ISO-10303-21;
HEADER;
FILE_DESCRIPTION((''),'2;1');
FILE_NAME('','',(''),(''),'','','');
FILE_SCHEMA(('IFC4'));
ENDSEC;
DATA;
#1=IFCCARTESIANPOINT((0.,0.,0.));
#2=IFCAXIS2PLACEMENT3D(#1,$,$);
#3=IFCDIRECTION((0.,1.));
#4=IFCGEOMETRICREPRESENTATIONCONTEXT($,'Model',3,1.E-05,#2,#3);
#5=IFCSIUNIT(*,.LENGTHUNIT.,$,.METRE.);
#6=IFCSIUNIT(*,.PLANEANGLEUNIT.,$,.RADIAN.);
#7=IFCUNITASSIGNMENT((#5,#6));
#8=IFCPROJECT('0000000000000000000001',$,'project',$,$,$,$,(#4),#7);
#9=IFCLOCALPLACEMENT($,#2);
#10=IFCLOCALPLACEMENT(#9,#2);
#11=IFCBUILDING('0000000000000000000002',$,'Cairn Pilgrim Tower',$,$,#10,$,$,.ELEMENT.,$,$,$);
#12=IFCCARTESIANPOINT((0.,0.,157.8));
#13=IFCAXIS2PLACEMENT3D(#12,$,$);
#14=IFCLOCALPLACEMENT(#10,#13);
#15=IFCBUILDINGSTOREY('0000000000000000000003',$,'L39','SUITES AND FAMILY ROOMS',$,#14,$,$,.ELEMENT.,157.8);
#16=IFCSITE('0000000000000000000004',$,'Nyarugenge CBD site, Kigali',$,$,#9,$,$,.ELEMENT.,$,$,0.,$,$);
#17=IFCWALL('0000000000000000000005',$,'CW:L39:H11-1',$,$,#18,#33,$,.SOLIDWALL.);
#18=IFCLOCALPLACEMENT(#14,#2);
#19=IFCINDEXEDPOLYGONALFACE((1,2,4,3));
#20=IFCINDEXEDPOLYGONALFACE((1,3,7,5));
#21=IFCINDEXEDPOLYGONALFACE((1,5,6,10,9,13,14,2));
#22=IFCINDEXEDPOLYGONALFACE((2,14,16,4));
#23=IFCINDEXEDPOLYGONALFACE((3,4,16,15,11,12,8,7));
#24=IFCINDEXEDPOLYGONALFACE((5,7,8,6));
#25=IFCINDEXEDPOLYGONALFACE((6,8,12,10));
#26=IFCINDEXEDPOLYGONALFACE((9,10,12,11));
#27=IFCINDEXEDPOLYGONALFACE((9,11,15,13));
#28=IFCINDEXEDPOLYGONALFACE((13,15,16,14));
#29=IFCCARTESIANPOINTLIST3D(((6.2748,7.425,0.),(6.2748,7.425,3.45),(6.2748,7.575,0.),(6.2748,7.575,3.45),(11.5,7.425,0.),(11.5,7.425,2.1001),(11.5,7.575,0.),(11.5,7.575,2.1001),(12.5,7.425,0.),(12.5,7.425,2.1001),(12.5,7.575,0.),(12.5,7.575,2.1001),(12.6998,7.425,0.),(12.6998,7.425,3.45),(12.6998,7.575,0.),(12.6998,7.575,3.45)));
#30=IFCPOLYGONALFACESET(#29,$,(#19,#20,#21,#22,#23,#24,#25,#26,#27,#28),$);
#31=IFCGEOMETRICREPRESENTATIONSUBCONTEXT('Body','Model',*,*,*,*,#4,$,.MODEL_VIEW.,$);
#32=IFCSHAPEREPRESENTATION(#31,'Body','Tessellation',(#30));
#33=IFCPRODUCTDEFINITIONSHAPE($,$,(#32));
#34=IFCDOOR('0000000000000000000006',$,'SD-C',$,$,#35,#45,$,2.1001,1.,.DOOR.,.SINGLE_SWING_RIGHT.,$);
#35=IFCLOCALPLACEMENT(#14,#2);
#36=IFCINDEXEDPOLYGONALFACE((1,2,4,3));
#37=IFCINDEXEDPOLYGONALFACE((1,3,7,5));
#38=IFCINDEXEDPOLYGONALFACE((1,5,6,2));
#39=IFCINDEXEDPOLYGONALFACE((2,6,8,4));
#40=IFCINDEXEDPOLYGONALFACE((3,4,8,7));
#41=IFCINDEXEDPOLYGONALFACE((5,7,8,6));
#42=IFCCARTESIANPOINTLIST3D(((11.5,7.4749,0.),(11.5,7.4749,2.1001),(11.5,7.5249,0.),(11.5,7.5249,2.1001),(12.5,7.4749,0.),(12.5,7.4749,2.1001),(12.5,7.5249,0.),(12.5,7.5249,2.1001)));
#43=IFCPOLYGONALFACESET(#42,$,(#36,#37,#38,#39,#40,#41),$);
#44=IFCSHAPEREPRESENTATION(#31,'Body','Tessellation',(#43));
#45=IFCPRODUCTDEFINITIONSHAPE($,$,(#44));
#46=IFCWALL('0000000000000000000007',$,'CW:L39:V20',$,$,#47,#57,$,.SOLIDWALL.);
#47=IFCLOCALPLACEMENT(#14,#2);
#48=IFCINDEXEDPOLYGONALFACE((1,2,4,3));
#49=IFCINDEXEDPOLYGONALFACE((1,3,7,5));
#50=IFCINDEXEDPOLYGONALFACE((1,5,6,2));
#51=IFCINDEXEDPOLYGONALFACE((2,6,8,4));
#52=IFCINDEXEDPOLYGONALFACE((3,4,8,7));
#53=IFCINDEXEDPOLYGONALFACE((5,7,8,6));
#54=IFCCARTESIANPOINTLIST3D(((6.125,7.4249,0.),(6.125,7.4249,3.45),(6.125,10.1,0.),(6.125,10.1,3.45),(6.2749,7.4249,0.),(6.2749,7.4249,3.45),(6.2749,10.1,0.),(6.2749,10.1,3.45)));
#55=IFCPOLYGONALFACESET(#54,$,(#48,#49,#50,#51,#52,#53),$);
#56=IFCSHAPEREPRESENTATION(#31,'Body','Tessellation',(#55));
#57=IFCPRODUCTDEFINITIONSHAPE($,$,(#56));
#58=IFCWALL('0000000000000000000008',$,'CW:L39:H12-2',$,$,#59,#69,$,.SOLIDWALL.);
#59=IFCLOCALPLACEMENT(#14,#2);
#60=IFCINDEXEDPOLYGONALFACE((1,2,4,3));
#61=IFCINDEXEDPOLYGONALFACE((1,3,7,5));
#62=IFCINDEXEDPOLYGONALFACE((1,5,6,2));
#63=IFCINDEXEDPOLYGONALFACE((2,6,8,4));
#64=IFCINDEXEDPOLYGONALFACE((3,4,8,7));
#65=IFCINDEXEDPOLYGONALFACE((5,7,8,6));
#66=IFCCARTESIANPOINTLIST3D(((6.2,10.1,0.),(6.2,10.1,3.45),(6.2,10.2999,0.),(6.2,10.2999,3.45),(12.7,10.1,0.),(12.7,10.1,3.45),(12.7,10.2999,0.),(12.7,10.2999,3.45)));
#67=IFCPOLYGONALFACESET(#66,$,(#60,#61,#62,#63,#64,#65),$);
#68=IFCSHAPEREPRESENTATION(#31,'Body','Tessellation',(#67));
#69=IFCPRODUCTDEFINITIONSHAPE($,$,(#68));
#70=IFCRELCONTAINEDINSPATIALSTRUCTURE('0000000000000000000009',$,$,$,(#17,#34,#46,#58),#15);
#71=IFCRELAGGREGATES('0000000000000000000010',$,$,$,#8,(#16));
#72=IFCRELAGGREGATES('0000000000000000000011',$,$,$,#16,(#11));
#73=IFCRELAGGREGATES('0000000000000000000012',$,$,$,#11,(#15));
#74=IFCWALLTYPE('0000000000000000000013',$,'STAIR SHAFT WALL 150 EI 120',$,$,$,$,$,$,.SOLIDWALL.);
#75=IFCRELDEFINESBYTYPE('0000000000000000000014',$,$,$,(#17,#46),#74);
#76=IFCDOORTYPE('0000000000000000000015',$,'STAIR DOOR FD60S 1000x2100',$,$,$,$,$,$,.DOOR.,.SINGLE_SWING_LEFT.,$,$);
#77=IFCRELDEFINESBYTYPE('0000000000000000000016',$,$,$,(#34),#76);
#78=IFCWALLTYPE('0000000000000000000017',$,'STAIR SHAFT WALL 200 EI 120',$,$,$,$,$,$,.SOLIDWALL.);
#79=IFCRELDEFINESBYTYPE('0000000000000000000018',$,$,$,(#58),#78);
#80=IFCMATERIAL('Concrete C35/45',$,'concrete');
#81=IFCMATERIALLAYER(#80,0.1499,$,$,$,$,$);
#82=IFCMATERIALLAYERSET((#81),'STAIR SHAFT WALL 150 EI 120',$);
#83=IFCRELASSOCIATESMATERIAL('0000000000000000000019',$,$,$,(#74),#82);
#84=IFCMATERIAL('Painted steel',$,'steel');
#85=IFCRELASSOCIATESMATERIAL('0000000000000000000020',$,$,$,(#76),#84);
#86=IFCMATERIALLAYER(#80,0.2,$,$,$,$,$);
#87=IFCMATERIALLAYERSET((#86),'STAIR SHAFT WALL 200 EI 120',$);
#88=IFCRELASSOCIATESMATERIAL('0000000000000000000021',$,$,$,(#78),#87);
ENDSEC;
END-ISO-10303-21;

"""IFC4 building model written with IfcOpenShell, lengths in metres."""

from ifc_helpers import new_model, si_unit, direction, frame, frame_2d, origin, place, context, subcontext, project, spatial, rectangle, extrude, material, layer, layer_set, type_object, element, fill, save


model = new_model("IFC4")

# Units and contexts
model_context = context("Model", 3, precision=1e-05, world=origin(), true_north=direction((0.0, 1.0)))
body_context = subcontext(model_context, "Body", "Model", "MODEL_VIEW")
ifc_project = project(units=[si_unit("LENGTHUNIT", "METRE"), si_unit("PLANEANGLEUNIT", "RADIAN")], contexts=[model_context])

# Site, building, storey
site_placement = place(None, origin())
site = spatial("IfcSite", under=ifc_project, at=site_placement, Name="Nyarugenge CBD site, Kigali", CompositionType="ELEMENT", RefElevation=0.0)
building_placement = place(site_placement, origin())
building = spatial("IfcBuilding", under=site, at=building_placement, Name="Cairn Pilgrim Tower", CompositionType="ELEMENT")
storey_placement = place(building_placement, frame((0.0, 0.0, 157.8)))
storey = spatial("IfcBuildingStorey", under=building, at=storey_placement, Name="L39", Description="SUITES AND FAMILY ROOMS", CompositionType="ELEMENT", Elevation=157.8)

# Wall, opening, door
ifc_material_1 = material(Name="Concrete C35/45", Category="concrete")
ifc_layer_1 = layer(ifc_material_1, 0.1499)
ifc_layer_set_1 = layer_set([ifc_layer_1], Name="STAIR SHAFT WALL 150 EI 120")
wall_type_1 = type_object("IfcWallType", Name="STAIR SHAFT WALL 150 EI 120", PredefinedType="SOLIDWALL", material=ifc_layer_set_1)
ifc_material_2 = material(Name="Painted steel", Category="steel")
door_type_1 = type_object("IfcDoorType", Name="STAIR DOOR FD60S 1000x2100", OperationType="SINGLE_SWING_LEFT", PredefinedType="DOOR", material=ifc_material_2)
wall_1_placement = place(storey_placement, frame((6.2749, 7.5, 0.0), z_axis=(0.0, 0.0, 1.0), x_axis=(1.0, 0.0, 0.0)))
wall_1 = element("IfcWall", 1, at=wall_1_placement, inside=storey, type_object=wall_type_1, Name="CW:L39:H11-1", PredefinedType="SOLIDWALL", context=body_context, shape_type="SweptSolid", body=[
    extrude(rectangle(XDim=6.425, YDim=0.1499, at=frame_2d((3.2124, 0.0))), origin(), (0.0, 0.0, 1.0), 3.45),
])
opening_1_placement = place(wall_1_placement, frame((5.2251, 0.0, 0.0)))
opening_1 = element("IfcOpeningElement", 2, at=opening_1_placement, cuts=wall_1, PredefinedType="OPENING", context=body_context, shape_type="SweptSolid", body=[
    extrude(rectangle(XDim=1.0, YDim=2.1001, at=frame_2d((0.5, 1.05))), frame((0.0, 0.085, 0.0), z_axis=(0.0, -1.0, 0.0), x_axis=(1.0, 0.0, 0.0)), (0.0, 0.0, 1.0), 0.1699),
])
door_1_placement = place(opening_1_placement, origin())
door_1 = element("IfcDoor", 3, at=door_1_placement, inside=storey, type_object=door_type_1, Name="SD-C", OperationType="SINGLE_SWING_RIGHT", OverallHeight=2.1001, OverallWidth=1.0, PredefinedType="DOOR", context=body_context, shape_type="SweptSolid", body=[
    extrude(rectangle(XDim=1.0, YDim=2.1001, at=frame_2d((0.5, 1.05))), frame((0.0, 0.0249, 0.0), z_axis=(0.0, -1.0, 0.0), x_axis=(1.0, 0.0, 0.0)), (0.0, 0.0, 1.0), 0.05),
])
fill(opening_1, door_1)

# Walls
wall_2_placement = place(storey_placement, frame((6.2, 7.425, 0.0), z_axis=(0.0, 0.0, 1.0), x_axis=(0.0, 1.0, 0.0)))
element("IfcWall", 4, at=wall_2_placement, inside=storey, type_object=wall_type_1, Name="CW:L39:V20", PredefinedType="SOLIDWALL", context=body_context, shape_type="SweptSolid", body=[
    extrude(rectangle(XDim=2.675, YDim=0.1499, at=frame_2d((1.3374, 0.0))), origin(), (0.0, 0.0, 1.0), 3.45),
])
ifc_layer_2 = layer(ifc_material_1, 0.2)
ifc_layer_set_2 = layer_set([ifc_layer_2], Name="STAIR SHAFT WALL 200 EI 120")
wall_type_2 = type_object("IfcWallType", Name="STAIR SHAFT WALL 200 EI 120", PredefinedType="SOLIDWALL", material=ifc_layer_set_2)
wall_3_placement = place(storey_placement, frame((6.2, 10.2, 0.0), z_axis=(0.0, 0.0, 1.0), x_axis=(1.0, 0.0, 0.0)))
element("IfcWall", 5, at=wall_3_placement, inside=storey, type_object=wall_type_2, Name="CW:L39:H12-2", PredefinedType="SOLIDWALL", context=body_context, shape_type="SweptSolid", body=[
    extrude(rectangle(XDim=6.5, YDim=0.2, at=frame_2d((3.25, 0.0))), origin(), (0.0, 0.0, 1.0), 3.45),
])

save(model, "model.ifc")
